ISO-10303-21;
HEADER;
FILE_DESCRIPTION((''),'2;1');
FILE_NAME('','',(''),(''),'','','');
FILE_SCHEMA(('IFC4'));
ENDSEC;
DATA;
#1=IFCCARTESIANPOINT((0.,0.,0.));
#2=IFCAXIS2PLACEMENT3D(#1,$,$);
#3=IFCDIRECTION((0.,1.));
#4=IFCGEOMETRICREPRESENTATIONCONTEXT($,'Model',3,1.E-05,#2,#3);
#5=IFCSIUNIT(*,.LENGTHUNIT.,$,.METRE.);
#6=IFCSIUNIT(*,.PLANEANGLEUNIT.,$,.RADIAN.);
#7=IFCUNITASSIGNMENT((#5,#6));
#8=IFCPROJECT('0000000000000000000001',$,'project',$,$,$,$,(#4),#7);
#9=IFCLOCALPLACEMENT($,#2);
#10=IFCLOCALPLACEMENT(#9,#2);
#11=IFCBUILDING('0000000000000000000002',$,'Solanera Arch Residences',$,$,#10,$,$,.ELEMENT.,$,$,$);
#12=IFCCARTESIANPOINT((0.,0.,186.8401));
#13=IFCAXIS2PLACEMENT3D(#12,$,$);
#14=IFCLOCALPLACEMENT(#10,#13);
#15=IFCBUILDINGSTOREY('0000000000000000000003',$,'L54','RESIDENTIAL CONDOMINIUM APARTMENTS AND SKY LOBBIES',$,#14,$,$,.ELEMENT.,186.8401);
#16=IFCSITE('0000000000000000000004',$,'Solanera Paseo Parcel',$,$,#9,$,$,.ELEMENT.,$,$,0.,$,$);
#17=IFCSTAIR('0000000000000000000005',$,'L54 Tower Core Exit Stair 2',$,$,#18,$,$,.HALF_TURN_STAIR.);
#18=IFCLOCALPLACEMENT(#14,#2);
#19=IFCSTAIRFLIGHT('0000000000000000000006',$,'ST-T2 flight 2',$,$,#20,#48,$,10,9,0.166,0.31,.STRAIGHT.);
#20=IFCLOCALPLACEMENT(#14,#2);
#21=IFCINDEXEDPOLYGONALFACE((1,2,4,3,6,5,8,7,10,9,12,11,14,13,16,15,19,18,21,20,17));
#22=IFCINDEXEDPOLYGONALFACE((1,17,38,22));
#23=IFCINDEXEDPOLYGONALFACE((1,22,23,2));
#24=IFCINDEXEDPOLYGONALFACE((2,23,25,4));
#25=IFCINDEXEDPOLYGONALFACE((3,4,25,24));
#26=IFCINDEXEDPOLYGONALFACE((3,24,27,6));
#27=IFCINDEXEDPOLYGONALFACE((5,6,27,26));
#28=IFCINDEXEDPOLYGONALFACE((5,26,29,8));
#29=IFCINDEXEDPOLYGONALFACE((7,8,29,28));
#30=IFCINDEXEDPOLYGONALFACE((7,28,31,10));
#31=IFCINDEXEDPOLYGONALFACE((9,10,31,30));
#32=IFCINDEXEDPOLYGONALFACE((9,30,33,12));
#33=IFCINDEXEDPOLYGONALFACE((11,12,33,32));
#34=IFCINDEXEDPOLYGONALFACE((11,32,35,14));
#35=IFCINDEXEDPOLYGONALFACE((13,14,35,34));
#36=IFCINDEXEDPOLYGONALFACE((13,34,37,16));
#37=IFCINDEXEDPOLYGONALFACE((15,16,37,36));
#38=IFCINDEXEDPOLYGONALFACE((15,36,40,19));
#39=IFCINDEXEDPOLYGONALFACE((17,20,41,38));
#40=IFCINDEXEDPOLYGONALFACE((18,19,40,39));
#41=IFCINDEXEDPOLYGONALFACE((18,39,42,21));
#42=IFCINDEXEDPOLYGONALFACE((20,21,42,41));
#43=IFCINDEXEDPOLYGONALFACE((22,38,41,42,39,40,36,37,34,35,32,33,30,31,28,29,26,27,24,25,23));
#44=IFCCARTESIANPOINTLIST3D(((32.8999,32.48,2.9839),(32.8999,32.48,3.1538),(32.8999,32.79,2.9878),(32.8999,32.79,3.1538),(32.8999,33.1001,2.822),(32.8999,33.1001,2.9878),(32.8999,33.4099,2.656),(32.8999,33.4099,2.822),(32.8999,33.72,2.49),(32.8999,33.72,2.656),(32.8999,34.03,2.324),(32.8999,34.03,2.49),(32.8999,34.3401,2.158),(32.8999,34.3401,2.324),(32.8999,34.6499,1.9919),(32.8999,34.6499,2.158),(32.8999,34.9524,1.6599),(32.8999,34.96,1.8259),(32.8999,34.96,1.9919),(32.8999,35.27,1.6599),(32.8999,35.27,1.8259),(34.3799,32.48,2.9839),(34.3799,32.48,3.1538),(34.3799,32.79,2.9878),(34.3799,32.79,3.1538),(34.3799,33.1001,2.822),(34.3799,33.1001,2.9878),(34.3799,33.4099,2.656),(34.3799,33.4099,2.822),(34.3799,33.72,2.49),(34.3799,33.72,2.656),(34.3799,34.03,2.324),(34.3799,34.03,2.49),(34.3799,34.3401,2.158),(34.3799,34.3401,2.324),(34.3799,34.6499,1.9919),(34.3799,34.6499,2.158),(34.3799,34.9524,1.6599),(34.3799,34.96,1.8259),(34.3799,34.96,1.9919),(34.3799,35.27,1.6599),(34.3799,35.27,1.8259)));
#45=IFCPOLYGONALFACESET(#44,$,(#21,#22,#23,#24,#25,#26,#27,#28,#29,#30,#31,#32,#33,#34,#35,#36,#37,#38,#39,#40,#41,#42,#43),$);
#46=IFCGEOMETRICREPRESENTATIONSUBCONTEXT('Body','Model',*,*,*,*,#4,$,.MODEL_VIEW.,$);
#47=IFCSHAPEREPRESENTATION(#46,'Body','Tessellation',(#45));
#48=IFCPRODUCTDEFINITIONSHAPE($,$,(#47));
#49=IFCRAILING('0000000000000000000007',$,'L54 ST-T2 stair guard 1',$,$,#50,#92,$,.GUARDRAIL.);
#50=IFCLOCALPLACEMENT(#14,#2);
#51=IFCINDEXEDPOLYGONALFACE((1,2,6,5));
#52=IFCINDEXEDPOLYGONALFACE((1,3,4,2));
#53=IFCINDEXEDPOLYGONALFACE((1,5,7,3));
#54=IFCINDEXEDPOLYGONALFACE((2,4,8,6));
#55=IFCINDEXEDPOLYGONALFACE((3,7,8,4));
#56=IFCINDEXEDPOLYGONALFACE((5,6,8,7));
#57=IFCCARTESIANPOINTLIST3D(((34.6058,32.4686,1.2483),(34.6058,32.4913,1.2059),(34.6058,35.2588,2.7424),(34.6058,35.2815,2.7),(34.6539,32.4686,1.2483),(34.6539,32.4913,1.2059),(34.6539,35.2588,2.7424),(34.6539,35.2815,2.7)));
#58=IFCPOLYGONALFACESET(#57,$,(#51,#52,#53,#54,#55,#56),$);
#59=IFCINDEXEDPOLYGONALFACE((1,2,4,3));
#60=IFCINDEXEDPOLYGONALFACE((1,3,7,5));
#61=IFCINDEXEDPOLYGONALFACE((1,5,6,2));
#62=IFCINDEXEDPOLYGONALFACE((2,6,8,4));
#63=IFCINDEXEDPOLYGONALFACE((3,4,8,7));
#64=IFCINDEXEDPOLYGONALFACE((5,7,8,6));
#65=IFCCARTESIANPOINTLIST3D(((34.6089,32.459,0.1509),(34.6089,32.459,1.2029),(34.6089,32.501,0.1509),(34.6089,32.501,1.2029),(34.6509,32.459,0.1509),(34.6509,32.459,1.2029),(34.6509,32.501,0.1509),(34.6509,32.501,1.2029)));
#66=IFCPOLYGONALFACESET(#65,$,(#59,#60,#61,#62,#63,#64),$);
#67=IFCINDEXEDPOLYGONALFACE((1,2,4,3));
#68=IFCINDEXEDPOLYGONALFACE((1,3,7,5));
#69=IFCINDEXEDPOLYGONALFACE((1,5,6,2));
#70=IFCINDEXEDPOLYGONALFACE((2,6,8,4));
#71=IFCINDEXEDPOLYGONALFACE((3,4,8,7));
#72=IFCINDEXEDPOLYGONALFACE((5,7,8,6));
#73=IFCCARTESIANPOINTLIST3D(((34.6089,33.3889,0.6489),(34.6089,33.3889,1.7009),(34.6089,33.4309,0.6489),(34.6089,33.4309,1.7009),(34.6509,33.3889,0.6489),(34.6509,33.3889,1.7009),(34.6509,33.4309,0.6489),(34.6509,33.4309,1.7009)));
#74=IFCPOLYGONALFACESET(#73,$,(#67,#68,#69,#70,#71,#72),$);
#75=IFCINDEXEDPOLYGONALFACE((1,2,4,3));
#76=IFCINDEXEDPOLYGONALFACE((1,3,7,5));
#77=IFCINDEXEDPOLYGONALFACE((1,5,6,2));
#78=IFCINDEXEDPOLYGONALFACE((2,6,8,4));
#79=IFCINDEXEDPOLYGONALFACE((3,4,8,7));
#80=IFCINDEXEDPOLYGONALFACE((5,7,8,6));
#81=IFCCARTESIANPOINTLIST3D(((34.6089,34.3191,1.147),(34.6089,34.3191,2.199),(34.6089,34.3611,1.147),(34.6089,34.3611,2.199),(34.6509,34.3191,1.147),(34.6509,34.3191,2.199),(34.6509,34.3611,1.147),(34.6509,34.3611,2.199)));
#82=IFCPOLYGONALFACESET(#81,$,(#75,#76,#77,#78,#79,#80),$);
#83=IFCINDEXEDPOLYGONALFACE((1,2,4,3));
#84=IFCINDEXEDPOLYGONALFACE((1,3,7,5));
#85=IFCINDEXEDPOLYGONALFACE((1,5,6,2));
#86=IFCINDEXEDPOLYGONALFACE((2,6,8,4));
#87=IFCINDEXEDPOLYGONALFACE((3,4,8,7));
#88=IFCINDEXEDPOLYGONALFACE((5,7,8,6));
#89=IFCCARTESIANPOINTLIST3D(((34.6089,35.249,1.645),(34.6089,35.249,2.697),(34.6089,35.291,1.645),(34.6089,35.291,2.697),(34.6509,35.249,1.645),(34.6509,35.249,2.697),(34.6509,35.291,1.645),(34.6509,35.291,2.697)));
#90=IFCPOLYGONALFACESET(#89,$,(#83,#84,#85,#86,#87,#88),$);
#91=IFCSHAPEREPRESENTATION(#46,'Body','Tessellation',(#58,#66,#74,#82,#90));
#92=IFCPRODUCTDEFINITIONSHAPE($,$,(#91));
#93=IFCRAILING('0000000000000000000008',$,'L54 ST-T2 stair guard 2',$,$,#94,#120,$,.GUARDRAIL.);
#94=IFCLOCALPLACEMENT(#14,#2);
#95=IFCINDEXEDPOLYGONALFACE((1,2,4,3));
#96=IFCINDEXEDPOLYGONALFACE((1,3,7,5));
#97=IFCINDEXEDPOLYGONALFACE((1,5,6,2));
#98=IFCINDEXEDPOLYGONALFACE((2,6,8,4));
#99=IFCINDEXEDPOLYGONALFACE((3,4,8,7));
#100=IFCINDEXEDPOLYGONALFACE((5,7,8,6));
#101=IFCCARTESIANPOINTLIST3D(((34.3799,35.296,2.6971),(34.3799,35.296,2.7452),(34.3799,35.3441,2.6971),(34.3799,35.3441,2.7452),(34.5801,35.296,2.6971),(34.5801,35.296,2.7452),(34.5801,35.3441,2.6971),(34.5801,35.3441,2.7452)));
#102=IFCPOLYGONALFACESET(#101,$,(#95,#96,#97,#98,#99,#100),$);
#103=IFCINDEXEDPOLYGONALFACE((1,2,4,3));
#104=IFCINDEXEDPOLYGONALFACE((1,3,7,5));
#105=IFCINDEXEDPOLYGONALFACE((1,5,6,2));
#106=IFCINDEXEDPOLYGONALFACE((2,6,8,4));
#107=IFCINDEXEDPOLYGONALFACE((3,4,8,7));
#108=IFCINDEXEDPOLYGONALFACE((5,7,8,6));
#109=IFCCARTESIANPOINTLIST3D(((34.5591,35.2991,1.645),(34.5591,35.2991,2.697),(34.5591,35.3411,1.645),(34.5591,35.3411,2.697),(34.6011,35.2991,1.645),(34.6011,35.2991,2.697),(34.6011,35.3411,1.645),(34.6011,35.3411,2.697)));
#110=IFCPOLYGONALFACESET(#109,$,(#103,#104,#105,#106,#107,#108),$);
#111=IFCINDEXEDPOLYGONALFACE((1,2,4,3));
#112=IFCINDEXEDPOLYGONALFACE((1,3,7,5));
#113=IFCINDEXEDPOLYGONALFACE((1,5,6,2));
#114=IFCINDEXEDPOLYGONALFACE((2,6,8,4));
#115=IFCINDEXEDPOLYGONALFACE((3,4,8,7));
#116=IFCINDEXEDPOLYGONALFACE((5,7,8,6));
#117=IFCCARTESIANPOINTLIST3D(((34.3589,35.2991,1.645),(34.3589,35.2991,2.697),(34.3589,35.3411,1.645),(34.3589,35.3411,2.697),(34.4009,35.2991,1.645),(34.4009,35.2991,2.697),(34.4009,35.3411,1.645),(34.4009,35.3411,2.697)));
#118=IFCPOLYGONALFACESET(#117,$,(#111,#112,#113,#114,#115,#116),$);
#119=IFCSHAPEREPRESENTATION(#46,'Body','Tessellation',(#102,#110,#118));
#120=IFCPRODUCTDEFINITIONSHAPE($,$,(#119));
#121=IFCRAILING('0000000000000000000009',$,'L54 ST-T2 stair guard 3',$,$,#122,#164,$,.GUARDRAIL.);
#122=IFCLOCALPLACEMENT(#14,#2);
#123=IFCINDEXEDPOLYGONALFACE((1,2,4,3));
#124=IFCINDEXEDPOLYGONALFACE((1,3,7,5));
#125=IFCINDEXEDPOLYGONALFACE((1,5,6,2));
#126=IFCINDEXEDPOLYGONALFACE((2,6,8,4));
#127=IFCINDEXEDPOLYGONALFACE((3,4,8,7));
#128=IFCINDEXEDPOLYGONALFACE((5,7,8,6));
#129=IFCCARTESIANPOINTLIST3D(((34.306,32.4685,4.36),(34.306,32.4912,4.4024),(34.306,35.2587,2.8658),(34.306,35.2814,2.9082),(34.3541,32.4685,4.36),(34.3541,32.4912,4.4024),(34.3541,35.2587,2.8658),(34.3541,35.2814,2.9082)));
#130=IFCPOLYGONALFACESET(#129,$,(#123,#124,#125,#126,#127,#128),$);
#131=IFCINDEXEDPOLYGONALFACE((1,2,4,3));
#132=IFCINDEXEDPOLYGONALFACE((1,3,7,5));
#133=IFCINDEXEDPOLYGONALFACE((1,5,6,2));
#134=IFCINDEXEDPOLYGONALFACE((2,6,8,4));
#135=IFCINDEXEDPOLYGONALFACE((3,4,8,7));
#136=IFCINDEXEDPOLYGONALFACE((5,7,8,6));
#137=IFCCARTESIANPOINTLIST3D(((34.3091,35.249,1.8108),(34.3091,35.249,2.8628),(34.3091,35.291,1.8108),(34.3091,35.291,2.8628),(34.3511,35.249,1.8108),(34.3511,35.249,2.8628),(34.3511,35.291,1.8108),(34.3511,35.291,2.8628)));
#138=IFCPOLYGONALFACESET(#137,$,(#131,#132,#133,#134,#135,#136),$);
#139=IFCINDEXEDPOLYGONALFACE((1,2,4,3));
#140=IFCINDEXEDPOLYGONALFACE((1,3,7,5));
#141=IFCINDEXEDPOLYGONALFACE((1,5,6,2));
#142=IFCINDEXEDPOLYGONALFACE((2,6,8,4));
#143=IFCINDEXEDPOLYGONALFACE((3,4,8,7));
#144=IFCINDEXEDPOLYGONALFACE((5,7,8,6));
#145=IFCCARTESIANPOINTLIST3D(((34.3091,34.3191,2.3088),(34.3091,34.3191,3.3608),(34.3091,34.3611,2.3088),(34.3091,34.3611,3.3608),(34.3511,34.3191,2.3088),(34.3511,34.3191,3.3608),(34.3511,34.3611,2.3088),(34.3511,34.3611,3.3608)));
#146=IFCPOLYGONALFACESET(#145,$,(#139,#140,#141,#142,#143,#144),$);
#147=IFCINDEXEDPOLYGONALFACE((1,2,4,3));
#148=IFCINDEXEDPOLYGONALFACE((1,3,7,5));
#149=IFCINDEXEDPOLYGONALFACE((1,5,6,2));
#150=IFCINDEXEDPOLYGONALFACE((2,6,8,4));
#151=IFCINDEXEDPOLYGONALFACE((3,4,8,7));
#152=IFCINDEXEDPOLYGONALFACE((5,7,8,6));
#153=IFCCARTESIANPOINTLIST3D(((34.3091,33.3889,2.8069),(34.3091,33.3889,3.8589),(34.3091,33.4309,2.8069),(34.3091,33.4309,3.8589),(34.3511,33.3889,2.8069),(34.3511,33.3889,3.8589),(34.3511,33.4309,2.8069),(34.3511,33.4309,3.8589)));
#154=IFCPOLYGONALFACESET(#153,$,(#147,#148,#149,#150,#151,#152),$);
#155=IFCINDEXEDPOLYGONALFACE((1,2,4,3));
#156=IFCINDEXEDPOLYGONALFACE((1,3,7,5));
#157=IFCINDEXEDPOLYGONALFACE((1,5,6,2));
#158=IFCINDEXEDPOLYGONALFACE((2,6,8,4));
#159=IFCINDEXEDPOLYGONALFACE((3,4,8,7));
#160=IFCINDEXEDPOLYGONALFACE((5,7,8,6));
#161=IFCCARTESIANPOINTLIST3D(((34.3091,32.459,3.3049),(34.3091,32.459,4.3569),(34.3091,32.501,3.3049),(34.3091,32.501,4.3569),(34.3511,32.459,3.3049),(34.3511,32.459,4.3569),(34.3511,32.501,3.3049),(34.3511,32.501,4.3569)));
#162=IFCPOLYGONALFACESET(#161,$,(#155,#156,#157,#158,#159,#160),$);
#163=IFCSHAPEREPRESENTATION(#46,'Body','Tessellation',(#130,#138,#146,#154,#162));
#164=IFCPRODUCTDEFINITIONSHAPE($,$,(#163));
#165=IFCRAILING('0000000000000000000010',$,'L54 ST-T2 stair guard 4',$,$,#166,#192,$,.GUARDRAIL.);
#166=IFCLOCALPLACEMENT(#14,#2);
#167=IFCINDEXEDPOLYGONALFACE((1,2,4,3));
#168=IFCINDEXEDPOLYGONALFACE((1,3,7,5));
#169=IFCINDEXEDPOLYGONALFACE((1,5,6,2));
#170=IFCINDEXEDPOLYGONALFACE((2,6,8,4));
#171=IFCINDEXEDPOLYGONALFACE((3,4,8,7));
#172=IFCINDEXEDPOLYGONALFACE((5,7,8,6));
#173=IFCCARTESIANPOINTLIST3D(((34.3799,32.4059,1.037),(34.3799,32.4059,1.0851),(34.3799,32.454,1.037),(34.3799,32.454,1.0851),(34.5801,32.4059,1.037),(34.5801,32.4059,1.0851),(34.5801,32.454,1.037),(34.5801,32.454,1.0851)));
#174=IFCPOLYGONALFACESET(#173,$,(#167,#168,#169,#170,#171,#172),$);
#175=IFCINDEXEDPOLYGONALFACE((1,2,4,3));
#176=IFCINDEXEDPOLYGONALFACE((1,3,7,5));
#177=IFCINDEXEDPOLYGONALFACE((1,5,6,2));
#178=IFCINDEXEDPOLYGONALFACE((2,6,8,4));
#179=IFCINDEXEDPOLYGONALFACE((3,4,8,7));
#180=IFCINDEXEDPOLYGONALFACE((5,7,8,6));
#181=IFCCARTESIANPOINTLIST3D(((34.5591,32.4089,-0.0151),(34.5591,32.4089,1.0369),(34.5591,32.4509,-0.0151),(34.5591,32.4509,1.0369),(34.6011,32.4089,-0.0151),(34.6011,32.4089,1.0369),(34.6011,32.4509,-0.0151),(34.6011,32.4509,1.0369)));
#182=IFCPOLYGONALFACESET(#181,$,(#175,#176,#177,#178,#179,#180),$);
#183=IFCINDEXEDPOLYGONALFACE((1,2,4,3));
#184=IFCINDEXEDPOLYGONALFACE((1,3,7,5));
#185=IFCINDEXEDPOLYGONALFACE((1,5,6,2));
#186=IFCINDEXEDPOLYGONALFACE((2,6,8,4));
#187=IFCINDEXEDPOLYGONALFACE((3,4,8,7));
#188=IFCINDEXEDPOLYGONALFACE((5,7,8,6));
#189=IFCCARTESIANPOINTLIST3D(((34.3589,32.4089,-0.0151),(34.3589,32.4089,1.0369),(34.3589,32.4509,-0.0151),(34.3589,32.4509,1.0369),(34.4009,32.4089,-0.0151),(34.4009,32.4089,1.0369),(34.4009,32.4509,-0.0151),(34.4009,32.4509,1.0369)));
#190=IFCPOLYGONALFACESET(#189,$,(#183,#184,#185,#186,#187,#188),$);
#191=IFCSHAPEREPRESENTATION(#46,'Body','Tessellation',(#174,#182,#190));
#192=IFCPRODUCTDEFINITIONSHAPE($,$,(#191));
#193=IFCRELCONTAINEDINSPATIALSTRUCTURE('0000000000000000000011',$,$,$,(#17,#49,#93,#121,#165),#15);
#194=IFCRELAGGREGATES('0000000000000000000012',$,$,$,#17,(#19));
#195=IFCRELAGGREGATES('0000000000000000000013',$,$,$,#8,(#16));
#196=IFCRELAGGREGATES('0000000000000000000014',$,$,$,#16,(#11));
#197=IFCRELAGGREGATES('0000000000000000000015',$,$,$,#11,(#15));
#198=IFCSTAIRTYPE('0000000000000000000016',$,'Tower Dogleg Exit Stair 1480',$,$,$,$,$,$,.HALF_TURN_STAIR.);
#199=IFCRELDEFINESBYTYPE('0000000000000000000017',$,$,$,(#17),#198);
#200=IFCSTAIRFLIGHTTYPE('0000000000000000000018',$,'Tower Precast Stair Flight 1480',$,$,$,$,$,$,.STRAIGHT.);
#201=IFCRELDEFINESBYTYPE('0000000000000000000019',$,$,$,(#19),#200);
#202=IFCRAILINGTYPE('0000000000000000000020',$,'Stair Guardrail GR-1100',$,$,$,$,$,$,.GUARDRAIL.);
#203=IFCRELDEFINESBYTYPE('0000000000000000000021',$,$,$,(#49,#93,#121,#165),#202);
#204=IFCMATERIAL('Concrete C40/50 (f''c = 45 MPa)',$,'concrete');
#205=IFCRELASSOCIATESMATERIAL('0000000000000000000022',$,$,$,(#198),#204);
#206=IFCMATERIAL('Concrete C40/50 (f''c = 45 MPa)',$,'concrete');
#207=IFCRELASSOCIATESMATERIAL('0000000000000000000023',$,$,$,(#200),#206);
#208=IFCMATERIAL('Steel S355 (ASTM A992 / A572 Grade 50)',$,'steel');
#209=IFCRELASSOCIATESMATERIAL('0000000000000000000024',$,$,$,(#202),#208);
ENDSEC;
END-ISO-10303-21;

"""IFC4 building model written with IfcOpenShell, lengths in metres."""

from ifc_helpers import new_model, si_unit, direction, frame, origin, origin_2d, place, context, subcontext, project, spatial, polyline, rectangle, outline, extrude, material, type_object, element, aggregate, save


model = new_model("IFC4")

# Units and contexts
model_context = context("Model", 3, precision=1e-05, world=origin(), true_north=direction((0.0, 1.0)))
body_context = subcontext(model_context, "Body", "Model", "MODEL_VIEW")
ifc_project = project(units=[si_unit("LENGTHUNIT", "METRE"), si_unit("PLANEANGLEUNIT", "RADIAN")], contexts=[model_context])

# Site, building, storey
site_placement = place(None, origin())
site = spatial("IfcSite", under=ifc_project, at=site_placement, Name="Solanera Paseo Parcel", CompositionType="ELEMENT", RefElevation=0.0)
building_placement = place(site_placement, origin())
building = spatial("IfcBuilding", under=site, at=building_placement, Name="Solanera Arch Residences", CompositionType="ELEMENT")
storey_placement = place(building_placement, frame((0.0, 0.0, 186.8401)))
storey = spatial("IfcBuildingStorey", under=building, at=storey_placement, Name="L54", Description="RESIDENTIAL CONDOMINIUM APARTMENTS AND SKY LOBBIES", CompositionType="ELEMENT", Elevation=186.8401)

# Stair, stair flight
ifc_material_1 = material(Name="Concrete C40/50 (f'c = 45 MPa)", Category="concrete")
stair_type = type_object("IfcStairType", Name="Tower Dogleg Exit Stair 1480", PredefinedType="HALF_TURN_STAIR", material=ifc_material_1)
stair_placement = place(storey_placement, origin())
stair = element("IfcStair", 1, at=stair_placement, inside=storey, type_object=stair_type, Name="L54 Tower Core Exit Stair 2", PredefinedType="HALF_TURN_STAIR")
ifc_material_2 = material(Name="Concrete C40/50 (f'c = 45 MPa)", Category="concrete")
stair_flight_type = type_object("IfcStairFlightType", Name="Tower Precast Stair Flight 1480", PredefinedType="STRAIGHT", material=ifc_material_2)
stair_flight_1_placement = place(storey_placement, frame((33.6399, 35.27, 1.6599), z_axis=(0.0, 0.0, 1.0), x_axis=(0.0, -1.0, 0.0)))
stair_flight_1 = element("IfcStairFlight", 2, at=stair_flight_1_placement, type_object=stair_flight_type, Name="ST-T2 flight 2", NumberOfRisers=10, NumberOfTreads=9, PredefinedType="STRAIGHT", RiserHeight=0.166, TreadLength=0.31, context=body_context, shape_type="SweptSolid", body=[
    extrude(outline(polyline([(0.0, 0.0), (0.0, 0.166), (0.3101, 0.166), (0.3101, 0.332), (0.6201, 0.332), (0.6201, 0.498), (0.9299, 0.498), (0.9299, 0.6641), (1.24, 0.6641), (1.24, 0.8301), (1.55, 0.8301), (1.55, 0.9961), (1.8601, 0.9961), (1.8601, 1.1621), (2.1699, 1.1621), (2.1699, 1.3279), (2.48, 1.3279), (2.48, 1.4939), (2.79, 1.4939), (2.79, 1.6599), (2.79, 1.324), (0.3176, 0.0), (0.0, 0.0)])), frame((0.0, 0.74, 0.0), z_axis=(0.0, -1.0, 0.0), x_axis=(1.0, 0.0, 0.0)), (0.0, 0.0, 1.0), 1.48),
])
aggregate(stair, [stair_flight_1])

# Railings
ifc_material_3 = material(Name="Steel S355 (ASTM A992 / A572 Grade 50)", Category="steel")
railing_type_1 = type_object("IfcRailingType", Name="Stair Guardrail GR-1100", PredefinedType="GUARDRAIL", material=ifc_material_3)
railing_1_placement = place(storey_placement, frame((34.6299, 32.48, 0.1509)))
element("IfcRailing", 3, at=railing_1_placement, inside=storey, type_object=railing_type_1, Name="L54 ST-T2 stair guard 1", PredefinedType="GUARDRAIL", context=body_context, shape_type="SweptSolid", body=[
    extrude(rectangle(XDim=0.0481, YDim=0.0481, at=origin_2d()), frame((0.0, 0.0, 1.0762), z_axis=(0.0, 0.881549, 0.472093), x_axis=(-1.0, 0.0, 0.0)), (0.0, 0.0, 1.0), 3.165),
    extrude(rectangle(XDim=0.042, YDim=0.042, at=origin_2d()), origin(), (0.0, 0.0, 1.0), 1.052),
    extrude(rectangle(XDim=0.042, YDim=0.042, at=origin_2d()), frame((0.0, 0.9299, 0.498)), (0.0, 0.0, 1.0), 1.052),
    extrude(rectangle(XDim=0.042, YDim=0.042, at=origin_2d()), frame((0.0, 1.8601, 0.9961)), (0.0, 0.0, 1.0), 1.052),
    extrude(rectangle(XDim=0.042, YDim=0.042, at=origin_2d()), frame((0.0, 2.79, 1.4941)), (0.0, 0.0, 1.0), 1.052),
])
railing_2_placement = place(storey_placement, frame((34.5801, 35.3201, 1.645)))
element("IfcRailing", 4, at=railing_2_placement, inside=storey, type_object=railing_type_1, Name="L54 ST-T2 stair guard 2", PredefinedType="GUARDRAIL", context=body_context, shape_type="SweptSolid", body=[
    extrude(rectangle(XDim=0.0481, YDim=0.0481, at=origin_2d()), frame((0.0, 0.0, 1.0762), z_axis=(-1.0, 0.0, 0.0), x_axis=(0.0, -1.0, 0.0)), (0.0, 0.0, 1.0), 0.2002),
    extrude(rectangle(XDim=0.042, YDim=0.042, at=origin_2d()), origin(), (0.0, 0.0, 1.0), 1.052),
    extrude(rectangle(XDim=0.042, YDim=0.042, at=origin_2d()), frame((-0.2002, 0.0, 0.0)), (0.0, 0.0, 1.0), 1.052),
])
railing_3_placement = place(storey_placement, frame((34.3301, 35.27, 1.8108)))
element("IfcRailing", 5, at=railing_3_placement, inside=storey, type_object=railing_type_1, Name="L54 ST-T2 stair guard 3", PredefinedType="GUARDRAIL", context=body_context, shape_type="SweptSolid", body=[
    extrude(rectangle(XDim=0.0481, YDim=0.0481, at=origin_2d()), frame((0.0, 0.0, 1.0762), z_axis=(0.0, -0.881549, 0.472093), x_axis=(1.0, 0.0, 0.0)), (0.0, 0.0, 1.0), 3.165),
    extrude(rectangle(XDim=0.042, YDim=0.042, at=origin_2d()), origin(), (0.0, 0.0, 1.0), 1.052),
    extrude(rectangle(XDim=0.042, YDim=0.042, at=origin_2d()), frame((0.0, -0.9299, 0.498)), (0.0, 0.0, 1.0), 1.052),
    extrude(rectangle(XDim=0.042, YDim=0.042, at=origin_2d()), frame((0.0, -1.8601, 0.9961)), (0.0, 0.0, 1.0), 1.052),
    extrude(rectangle(XDim=0.042, YDim=0.042, at=origin_2d()), frame((0.0, -2.79, 1.4941)), (0.0, 0.0, 1.0), 1.052),
])
railing_4_placement = place(storey_placement, frame((34.5801, 32.4299, -0.0151)))
element("IfcRailing", 6, at=railing_4_placement, inside=storey, type_object=railing_type_1, Name="L54 ST-T2 stair guard 4", PredefinedType="GUARDRAIL", context=body_context, shape_type="SweptSolid", body=[
    extrude(rectangle(XDim=0.0481, YDim=0.0481, at=origin_2d()), frame((0.0, 0.0, 1.0762), z_axis=(-1.0, 0.0, 0.0), x_axis=(0.0, -1.0, 0.0)), (0.0, 0.0, 1.0), 0.2002),
    extrude(rectangle(XDim=0.042, YDim=0.042, at=origin_2d()), origin(), (0.0, 0.0, 1.0), 1.052),
    extrude(rectangle(XDim=0.042, YDim=0.042, at=origin_2d()), frame((-0.2002, 0.0, 0.0)), (0.0, 0.0, 1.0), 1.052),
])

save(model, "model.ifc")
